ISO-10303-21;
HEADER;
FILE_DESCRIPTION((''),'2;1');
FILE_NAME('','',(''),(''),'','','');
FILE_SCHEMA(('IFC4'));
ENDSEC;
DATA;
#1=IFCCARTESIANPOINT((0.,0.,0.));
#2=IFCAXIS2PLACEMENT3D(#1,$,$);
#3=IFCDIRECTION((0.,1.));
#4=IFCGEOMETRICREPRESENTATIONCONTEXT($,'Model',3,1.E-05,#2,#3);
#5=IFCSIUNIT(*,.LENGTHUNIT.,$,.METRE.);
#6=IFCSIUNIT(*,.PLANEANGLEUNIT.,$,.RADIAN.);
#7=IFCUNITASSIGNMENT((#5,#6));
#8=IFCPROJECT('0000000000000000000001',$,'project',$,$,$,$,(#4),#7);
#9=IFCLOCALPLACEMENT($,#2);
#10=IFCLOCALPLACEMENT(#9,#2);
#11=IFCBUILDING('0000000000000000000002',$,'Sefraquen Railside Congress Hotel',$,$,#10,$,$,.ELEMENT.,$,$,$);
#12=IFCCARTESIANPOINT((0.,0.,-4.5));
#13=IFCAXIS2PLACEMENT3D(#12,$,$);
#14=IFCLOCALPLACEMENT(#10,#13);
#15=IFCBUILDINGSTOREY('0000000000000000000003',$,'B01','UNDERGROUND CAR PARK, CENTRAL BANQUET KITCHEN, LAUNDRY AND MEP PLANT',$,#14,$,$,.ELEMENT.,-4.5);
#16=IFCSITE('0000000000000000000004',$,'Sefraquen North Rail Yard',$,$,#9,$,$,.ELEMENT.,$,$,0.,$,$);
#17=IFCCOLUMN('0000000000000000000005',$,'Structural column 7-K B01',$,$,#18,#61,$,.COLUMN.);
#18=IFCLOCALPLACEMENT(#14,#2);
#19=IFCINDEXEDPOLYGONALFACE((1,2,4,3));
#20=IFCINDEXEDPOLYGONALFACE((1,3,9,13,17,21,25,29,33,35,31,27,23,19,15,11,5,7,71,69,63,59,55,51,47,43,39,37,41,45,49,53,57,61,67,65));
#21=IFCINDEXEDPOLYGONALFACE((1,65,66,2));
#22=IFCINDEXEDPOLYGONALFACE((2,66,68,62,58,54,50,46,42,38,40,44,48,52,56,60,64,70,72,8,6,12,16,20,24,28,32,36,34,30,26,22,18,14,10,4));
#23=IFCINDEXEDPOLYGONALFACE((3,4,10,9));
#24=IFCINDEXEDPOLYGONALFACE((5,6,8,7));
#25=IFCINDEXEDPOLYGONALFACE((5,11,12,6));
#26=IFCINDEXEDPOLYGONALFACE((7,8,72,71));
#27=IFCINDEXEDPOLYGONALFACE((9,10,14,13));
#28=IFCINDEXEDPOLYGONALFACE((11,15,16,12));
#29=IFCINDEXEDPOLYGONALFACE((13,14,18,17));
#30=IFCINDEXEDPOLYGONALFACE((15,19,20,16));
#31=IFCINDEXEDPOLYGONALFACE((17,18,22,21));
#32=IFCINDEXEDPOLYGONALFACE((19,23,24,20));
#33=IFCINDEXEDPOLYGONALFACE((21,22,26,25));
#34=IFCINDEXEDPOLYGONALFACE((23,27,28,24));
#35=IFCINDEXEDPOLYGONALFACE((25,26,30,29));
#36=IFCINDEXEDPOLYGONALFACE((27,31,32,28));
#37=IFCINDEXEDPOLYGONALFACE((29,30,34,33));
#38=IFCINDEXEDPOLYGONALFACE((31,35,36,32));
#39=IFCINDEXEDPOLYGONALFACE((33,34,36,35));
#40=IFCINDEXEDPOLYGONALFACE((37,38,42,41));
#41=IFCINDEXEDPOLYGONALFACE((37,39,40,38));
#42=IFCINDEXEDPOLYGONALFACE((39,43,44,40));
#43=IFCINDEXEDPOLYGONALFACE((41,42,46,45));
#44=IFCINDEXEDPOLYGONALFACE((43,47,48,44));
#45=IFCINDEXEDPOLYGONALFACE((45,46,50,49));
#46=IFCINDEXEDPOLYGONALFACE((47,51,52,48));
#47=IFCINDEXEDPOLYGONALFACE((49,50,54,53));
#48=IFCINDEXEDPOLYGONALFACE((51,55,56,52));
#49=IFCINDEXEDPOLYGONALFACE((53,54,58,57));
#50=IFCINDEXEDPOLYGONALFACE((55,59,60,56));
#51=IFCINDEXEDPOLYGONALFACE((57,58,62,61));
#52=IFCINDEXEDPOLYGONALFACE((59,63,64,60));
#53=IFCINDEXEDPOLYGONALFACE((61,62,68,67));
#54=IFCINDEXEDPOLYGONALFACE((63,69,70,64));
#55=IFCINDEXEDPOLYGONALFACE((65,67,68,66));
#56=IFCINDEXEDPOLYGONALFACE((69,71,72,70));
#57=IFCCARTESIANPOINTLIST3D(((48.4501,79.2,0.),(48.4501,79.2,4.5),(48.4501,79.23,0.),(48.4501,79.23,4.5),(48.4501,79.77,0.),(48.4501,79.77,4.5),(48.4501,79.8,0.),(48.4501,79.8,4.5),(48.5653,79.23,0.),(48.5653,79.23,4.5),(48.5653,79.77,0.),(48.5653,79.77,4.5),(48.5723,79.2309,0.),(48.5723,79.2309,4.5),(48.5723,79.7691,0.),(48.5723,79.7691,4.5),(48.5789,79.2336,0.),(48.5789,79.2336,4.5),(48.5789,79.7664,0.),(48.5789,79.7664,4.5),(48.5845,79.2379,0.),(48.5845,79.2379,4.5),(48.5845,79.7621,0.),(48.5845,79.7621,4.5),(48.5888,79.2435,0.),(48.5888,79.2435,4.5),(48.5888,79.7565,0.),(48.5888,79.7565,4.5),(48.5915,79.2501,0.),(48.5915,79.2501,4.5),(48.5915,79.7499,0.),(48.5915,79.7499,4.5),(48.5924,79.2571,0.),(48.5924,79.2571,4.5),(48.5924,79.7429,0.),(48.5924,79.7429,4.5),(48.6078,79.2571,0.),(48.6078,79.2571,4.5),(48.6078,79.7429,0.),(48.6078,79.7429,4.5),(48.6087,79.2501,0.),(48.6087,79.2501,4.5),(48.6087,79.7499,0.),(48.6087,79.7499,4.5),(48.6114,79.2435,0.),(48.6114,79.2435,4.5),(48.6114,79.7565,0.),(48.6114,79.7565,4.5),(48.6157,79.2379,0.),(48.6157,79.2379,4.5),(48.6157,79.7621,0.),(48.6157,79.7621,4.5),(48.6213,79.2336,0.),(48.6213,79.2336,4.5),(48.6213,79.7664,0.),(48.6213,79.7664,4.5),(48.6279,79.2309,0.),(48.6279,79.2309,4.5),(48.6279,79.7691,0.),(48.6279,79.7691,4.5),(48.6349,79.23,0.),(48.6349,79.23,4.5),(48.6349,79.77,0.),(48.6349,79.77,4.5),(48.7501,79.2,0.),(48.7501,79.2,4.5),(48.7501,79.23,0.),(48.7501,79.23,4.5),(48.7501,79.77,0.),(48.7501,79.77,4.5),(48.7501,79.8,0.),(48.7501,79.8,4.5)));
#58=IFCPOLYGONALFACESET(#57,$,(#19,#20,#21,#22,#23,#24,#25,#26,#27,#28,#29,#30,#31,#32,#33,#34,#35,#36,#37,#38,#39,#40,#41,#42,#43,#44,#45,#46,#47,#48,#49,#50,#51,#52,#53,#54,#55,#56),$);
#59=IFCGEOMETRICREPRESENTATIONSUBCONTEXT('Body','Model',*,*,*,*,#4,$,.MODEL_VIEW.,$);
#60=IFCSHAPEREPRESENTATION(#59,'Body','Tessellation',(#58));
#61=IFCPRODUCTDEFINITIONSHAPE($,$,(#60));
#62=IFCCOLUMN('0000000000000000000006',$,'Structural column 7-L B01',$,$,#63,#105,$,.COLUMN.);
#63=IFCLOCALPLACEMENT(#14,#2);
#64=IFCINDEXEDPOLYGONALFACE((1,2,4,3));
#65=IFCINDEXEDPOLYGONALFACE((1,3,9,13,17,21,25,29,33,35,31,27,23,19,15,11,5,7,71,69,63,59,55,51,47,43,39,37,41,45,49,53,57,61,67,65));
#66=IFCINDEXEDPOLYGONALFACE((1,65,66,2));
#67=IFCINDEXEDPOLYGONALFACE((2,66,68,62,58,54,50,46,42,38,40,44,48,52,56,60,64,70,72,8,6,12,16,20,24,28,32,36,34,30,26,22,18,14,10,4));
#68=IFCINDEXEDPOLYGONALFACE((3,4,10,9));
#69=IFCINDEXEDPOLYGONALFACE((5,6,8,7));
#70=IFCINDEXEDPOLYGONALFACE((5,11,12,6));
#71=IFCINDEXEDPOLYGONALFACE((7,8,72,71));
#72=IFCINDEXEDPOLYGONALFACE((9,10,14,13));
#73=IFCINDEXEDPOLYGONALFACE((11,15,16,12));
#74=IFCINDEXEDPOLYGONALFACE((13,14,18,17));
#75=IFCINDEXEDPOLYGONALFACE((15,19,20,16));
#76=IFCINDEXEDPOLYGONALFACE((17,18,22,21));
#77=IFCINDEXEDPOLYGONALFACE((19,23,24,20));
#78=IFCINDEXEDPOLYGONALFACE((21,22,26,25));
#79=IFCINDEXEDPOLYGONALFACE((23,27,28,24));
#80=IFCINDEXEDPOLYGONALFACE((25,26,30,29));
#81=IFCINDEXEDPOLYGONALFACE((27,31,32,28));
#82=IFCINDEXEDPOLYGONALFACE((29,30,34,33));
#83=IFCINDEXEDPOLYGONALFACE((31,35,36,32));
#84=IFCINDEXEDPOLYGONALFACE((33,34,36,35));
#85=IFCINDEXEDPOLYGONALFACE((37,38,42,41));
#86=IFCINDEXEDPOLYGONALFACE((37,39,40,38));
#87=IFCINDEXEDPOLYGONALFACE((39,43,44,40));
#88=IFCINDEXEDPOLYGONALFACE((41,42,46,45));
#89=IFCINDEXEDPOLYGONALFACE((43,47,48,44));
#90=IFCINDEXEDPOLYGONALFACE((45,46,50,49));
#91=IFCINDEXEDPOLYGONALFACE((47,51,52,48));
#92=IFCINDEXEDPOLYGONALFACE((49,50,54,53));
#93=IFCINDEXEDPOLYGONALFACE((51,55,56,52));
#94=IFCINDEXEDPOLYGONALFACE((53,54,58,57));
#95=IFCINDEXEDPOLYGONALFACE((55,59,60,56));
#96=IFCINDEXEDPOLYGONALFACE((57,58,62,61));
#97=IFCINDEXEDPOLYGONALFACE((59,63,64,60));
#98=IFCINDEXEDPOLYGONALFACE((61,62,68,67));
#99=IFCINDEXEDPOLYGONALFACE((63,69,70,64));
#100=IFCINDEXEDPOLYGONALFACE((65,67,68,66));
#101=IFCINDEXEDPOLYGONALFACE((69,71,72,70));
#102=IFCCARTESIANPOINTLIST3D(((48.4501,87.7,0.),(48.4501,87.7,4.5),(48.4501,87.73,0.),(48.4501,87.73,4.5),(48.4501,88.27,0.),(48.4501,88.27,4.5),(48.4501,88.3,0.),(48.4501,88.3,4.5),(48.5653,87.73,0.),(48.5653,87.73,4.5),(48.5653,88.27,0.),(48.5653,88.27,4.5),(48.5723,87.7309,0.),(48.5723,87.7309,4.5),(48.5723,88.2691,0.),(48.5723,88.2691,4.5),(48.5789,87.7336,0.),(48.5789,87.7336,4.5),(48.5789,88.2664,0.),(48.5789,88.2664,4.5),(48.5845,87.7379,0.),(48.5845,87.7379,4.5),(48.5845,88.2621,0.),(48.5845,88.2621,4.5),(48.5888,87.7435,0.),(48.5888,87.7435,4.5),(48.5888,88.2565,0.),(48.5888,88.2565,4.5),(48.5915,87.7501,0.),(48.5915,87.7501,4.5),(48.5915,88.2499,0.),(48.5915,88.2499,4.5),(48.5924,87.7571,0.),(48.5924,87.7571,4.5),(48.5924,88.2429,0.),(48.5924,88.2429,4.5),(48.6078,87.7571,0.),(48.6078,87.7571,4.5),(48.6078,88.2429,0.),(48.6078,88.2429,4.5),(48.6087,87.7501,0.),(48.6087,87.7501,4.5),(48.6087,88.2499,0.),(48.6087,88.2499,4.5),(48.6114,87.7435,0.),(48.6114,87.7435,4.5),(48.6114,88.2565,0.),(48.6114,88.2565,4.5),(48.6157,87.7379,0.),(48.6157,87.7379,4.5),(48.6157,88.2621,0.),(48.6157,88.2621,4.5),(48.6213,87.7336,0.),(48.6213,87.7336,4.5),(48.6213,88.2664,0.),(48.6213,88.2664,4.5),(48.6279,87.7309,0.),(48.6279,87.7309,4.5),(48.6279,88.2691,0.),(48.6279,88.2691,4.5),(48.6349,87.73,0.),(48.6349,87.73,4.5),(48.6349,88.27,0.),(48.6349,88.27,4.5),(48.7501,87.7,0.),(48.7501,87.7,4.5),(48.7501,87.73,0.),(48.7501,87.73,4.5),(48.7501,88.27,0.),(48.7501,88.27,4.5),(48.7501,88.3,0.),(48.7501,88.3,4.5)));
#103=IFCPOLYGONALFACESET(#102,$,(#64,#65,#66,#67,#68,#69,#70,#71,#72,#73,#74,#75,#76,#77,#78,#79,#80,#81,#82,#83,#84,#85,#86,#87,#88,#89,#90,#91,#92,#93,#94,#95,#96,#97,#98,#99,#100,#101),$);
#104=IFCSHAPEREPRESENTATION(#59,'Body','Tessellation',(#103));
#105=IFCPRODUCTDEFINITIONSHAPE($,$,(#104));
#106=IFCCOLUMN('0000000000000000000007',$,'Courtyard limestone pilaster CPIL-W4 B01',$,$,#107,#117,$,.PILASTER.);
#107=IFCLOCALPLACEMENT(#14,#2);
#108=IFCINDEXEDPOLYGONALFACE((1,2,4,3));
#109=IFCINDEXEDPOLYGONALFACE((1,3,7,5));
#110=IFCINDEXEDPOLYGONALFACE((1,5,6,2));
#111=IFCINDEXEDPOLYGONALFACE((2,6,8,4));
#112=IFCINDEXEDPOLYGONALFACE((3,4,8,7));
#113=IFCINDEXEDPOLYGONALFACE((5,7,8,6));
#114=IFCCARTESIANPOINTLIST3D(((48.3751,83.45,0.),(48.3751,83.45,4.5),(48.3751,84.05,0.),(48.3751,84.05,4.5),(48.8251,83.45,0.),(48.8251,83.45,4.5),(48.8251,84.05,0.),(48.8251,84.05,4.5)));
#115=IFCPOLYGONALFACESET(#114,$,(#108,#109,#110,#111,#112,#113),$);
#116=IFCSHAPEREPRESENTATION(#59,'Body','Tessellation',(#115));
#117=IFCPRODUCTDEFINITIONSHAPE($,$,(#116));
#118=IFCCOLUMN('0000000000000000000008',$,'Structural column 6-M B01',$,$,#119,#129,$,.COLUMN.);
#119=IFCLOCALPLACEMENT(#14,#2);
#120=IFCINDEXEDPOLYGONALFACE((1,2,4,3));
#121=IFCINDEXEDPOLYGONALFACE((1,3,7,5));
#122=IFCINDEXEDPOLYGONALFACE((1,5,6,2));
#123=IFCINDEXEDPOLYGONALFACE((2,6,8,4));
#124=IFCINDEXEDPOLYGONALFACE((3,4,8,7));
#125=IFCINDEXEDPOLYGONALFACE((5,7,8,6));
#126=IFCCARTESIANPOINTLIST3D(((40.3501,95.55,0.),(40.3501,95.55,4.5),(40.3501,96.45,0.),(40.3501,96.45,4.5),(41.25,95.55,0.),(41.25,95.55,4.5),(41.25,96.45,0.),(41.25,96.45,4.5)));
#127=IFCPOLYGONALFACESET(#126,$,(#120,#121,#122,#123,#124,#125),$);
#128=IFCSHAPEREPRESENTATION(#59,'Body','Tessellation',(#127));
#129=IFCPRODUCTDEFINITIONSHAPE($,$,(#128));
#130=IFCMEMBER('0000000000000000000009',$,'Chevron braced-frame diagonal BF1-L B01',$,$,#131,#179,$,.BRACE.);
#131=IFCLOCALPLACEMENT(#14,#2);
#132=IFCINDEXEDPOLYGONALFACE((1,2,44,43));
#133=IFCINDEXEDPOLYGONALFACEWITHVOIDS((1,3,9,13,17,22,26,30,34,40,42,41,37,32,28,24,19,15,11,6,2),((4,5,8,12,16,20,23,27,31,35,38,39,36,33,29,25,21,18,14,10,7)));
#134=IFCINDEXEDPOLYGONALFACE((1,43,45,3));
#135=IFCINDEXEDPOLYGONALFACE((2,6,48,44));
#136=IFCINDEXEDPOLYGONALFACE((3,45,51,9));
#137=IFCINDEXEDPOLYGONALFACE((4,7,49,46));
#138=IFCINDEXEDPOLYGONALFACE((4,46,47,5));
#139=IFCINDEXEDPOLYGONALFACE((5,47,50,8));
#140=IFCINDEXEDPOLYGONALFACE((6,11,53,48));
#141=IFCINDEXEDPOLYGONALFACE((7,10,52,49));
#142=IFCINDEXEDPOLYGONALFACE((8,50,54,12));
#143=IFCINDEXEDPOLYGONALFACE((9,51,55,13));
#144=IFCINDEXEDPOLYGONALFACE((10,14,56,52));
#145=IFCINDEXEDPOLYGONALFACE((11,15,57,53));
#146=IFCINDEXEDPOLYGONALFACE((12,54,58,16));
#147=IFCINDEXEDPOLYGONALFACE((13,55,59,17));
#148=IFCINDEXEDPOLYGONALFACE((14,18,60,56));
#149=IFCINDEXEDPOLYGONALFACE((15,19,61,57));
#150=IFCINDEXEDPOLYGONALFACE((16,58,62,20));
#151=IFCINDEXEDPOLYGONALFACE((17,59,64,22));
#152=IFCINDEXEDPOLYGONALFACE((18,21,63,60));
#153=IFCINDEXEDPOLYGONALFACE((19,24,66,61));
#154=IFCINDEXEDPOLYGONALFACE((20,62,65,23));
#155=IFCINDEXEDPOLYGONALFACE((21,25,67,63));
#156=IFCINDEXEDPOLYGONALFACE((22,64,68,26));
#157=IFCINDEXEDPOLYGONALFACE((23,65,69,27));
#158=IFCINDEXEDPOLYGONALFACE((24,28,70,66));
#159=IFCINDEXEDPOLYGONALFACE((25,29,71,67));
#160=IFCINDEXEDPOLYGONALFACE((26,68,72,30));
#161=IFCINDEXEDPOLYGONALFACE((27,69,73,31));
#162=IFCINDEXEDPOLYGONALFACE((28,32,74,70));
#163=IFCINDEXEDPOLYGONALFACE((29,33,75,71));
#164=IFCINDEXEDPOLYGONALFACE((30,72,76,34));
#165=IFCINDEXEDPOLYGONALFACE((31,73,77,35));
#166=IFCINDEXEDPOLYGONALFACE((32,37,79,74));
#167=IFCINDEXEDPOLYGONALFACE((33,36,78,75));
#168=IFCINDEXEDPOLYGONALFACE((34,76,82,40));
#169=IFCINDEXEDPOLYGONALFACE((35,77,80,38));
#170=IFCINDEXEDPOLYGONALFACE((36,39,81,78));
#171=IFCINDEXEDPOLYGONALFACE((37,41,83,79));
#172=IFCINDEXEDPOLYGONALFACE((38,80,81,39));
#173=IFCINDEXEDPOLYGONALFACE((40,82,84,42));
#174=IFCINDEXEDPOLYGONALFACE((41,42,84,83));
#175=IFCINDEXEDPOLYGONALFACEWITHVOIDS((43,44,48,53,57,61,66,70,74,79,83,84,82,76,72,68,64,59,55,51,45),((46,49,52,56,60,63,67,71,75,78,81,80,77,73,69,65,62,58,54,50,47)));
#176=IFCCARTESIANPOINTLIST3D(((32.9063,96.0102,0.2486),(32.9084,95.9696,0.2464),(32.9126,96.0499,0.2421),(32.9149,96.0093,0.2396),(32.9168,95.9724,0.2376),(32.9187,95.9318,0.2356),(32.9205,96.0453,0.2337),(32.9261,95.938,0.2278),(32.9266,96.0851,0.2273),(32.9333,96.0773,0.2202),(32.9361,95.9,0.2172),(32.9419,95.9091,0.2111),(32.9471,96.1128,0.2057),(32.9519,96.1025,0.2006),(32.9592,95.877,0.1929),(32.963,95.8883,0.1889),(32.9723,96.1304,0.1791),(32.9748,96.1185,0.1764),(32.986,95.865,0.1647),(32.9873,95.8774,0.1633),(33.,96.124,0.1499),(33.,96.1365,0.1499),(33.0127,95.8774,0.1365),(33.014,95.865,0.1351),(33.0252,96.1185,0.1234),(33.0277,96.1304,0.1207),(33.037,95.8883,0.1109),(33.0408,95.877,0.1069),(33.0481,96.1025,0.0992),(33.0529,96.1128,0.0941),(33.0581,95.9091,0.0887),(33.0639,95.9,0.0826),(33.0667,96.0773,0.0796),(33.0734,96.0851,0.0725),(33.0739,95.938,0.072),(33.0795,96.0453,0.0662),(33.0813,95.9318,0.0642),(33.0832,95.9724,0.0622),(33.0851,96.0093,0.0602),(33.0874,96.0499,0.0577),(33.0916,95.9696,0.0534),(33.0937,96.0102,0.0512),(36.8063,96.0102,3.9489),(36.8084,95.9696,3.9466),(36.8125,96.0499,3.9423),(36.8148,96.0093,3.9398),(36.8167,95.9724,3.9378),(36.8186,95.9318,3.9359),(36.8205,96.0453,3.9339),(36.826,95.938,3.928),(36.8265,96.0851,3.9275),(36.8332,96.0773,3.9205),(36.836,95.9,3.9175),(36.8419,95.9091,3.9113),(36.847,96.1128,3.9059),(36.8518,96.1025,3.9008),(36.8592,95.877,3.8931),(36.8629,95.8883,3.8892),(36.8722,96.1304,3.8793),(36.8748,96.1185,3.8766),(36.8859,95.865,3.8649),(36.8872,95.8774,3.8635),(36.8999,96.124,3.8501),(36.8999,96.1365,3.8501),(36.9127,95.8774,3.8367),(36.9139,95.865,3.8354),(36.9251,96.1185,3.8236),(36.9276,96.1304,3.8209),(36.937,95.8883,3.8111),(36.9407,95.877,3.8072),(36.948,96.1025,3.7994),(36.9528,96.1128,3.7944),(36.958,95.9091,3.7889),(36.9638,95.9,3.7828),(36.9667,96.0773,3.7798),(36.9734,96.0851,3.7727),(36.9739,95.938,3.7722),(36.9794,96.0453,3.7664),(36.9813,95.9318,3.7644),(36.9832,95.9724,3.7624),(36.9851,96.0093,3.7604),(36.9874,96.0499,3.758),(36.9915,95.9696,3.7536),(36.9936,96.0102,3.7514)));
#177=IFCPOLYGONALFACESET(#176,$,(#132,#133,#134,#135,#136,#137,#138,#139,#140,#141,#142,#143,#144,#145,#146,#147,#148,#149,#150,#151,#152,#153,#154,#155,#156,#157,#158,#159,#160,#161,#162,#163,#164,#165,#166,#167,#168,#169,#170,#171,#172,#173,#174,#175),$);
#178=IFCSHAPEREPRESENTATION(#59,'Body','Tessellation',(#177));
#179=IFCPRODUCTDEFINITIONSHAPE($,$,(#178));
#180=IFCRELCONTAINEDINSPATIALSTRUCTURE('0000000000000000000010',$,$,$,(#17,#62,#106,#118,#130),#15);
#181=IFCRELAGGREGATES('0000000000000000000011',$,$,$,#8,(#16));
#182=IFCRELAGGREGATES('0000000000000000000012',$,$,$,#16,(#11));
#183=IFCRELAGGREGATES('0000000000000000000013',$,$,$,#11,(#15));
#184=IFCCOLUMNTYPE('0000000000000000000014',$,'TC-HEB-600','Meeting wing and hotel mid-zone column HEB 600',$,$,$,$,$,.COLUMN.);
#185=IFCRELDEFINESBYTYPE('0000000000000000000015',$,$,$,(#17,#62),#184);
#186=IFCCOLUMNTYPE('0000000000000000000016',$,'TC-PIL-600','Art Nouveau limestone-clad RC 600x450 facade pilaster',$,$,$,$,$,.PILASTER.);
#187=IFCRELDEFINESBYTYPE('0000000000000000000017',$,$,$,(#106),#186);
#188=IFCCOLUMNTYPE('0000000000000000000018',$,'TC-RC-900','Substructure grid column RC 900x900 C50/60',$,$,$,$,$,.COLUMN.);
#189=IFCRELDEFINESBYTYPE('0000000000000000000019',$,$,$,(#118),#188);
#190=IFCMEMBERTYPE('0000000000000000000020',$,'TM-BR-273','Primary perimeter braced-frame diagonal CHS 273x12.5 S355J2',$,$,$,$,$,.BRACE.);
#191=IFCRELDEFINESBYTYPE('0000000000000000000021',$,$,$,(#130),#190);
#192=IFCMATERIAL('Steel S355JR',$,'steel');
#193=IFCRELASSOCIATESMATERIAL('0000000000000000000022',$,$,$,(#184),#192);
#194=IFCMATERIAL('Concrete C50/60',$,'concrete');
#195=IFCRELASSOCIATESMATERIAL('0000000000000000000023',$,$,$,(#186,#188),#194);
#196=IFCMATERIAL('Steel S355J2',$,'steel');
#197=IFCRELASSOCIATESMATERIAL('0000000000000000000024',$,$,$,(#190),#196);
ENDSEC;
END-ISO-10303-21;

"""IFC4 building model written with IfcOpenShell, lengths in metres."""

from ifc_helpers import new_model, si_unit, direction, frame, origin, origin_2d, place, context, subcontext, project, spatial, rectangle, hollow_circle, i_section, extrude, material, material_profile, profile_set, type_object, element, save


model = new_model("IFC4")

# Units and contexts
model_context = context("Model", 3, precision=1e-05, world=origin(), true_north=direction((0.0, 1.0)))
body_context = subcontext(model_context, "Body", "Model", "MODEL_VIEW")
ifc_project = project(units=[si_unit("LENGTHUNIT", "METRE"), si_unit("PLANEANGLEUNIT", "RADIAN")], contexts=[model_context])

# Site, building, storey
site_placement = place(None, origin())
site = spatial("IfcSite", under=ifc_project, at=site_placement, Name="Sefraquen North Rail Yard", CompositionType="ELEMENT", RefElevation=0.0)
building_placement = place(site_placement, origin())
building = spatial("IfcBuilding", under=site, at=building_placement, Name="Sefraquen Railside Congress Hotel", CompositionType="ELEMENT")
storey_placement = place(building_placement, frame((0.0, 0.0, -4.5)))
storey = spatial("IfcBuildingStorey", under=building, at=storey_placement, Name="B01", Description="UNDERGROUND CAR PARK, CENTRAL BANQUET KITCHEN, LAUNDRY AND MEP PLANT", CompositionType="ELEMENT", Elevation=-4.5)

# Columns
ifc_material_1 = material(Name="Steel S355J2", Category="steel")
ifc_material_2 = material(Name="Steel S355JR", Category="steel")
ifc_material_profile_1 = material_profile(ifc_material_2, i_section(OverallWidth=0.3, OverallDepth=0.6001, WebThickness=0.0154, FlangeThickness=0.03, FilletRadius=0.0271, at=origin_2d()), Name="HEB 600")
ifc_profile_set_1 = profile_set([ifc_material_profile_1], Name="Steel S355JR")
column_type_1 = type_object("IfcColumnType", Name="TC-HEB-600", Description="Meeting wing and hotel mid-zone column HEB 600", PredefinedType="COLUMN", material=ifc_profile_set_1)
for number, where, z_axis, x_axis, name in (
    (1, (48.6001, 79.5, 0.0), (0.0, 0.0, 1.0), (1.0, 0.0, 0.0), "Structural column 7-K B01"),
    (2, (48.6001, 88.0, 0.0), (0.0, 0.0, 1.0), (1.0, 0.0, 0.0), "Structural column 7-L B01"),
):
    element("IfcColumn", number, at=place(storey_placement, frame(where, z_axis=z_axis, x_axis=x_axis)), inside=storey, type_object=column_type_1, Name=name, PredefinedType="COLUMN", context=body_context, shape_type="SweptSolid", body=[
        extrude(i_section(OverallWidth=0.3, OverallDepth=0.6001, WebThickness=0.0154, FlangeThickness=0.03, FilletRadius=0.0271, at=origin_2d()), origin(), (0.0, 0.0, 1.0), 4.5),
    ])
ifc_material_3 = material(Name="Concrete C50/60", Category="concrete")
ifc_material_profile_2 = material_profile(ifc_material_3, rectangle(XDim=0.45, YDim=0.6001, at=origin_2d()), Name="RC 600x450")
ifc_profile_set_2 = profile_set([ifc_material_profile_2], Name="Concrete C50/60")
column_type_2 = type_object("IfcColumnType", Name="TC-PIL-600", Description="Art Nouveau limestone-clad RC 600x450 facade pilaster", PredefinedType="PILASTER", material=ifc_profile_set_2)
column_1_placement = place(storey_placement, frame((48.6001, 83.75, 0.0), z_axis=(0.0, 0.0, 1.0), x_axis=(1.0, 0.0, 0.0)))
element("IfcColumn", 3, at=column_1_placement, inside=storey, type_object=column_type_2, Name="Courtyard limestone pilaster CPIL-W4 B01", PredefinedType="PILASTER", context=body_context, shape_type="SweptSolid", body=[
    extrude(rectangle(XDim=0.45, YDim=0.6001, at=origin_2d()), origin(), (0.0, 0.0, 1.0), 4.5),
])
ifc_material_profile_3 = material_profile(ifc_material_3, rectangle(XDim=0.8999, YDim=0.8999, at=origin_2d()), Name="RC 900x900")
ifc_profile_set_3 = profile_set([ifc_material_profile_3], Name="Concrete C50/60")
column_type_3 = type_object("IfcColumnType", Name="TC-RC-900", Description="Substructure grid column RC 900x900 C50/60", PredefinedType="COLUMN", material=ifc_profile_set_3)
column_2_placement = place(storey_placement, frame((40.8, 96.0, 0.0), z_axis=(0.0, 0.0, 1.0), x_axis=(1.0, 0.0, 0.0)))
element("IfcColumn", 4, at=column_2_placement, inside=storey, type_object=column_type_3, Name="Structural column 6-M B01", PredefinedType="COLUMN", context=body_context, shape_type="SweptSolid", body=[
    extrude(rectangle(XDim=0.8999, YDim=0.8999, at=origin_2d()), origin(), (0.0, 0.0, 1.0), 4.5),
])

# Member
ifc_material_profile_4 = material_profile(ifc_material_1, hollow_circle(Radius=0.1365, WallThickness=0.0125, at=origin_2d()), Name="CHS 273x12.5")
ifc_profile_set_4 = profile_set([ifc_material_profile_4], Name="Steel S355J2")
member_type = type_object("IfcMemberType", Name="TM-BR-273", Description="Primary perimeter braced-frame diagonal CHS 273x12.5 S355J2", PredefinedType="BRACE", material=ifc_profile_set_4)
member_1_placement = place(storey_placement, frame((33.0, 96.0, 0.1499), z_axis=(0.725437, 0.0, 0.688289), x_axis=(0.0, 1.0, 0.0)))
element("IfcMember", 5, at=member_1_placement, inside=storey, type_object=member_type, Name="Chevron braced-frame diagonal BF1-L B01", PredefinedType="BRACE", context=body_context, shape_type="SweptSolid", body=[
    extrude(hollow_circle(Radius=0.1365, WallThickness=0.0125, at=origin_2d()), origin(), (0.0, 0.0, 1.0), 5.376),
])

save(model, "model.ifc")
